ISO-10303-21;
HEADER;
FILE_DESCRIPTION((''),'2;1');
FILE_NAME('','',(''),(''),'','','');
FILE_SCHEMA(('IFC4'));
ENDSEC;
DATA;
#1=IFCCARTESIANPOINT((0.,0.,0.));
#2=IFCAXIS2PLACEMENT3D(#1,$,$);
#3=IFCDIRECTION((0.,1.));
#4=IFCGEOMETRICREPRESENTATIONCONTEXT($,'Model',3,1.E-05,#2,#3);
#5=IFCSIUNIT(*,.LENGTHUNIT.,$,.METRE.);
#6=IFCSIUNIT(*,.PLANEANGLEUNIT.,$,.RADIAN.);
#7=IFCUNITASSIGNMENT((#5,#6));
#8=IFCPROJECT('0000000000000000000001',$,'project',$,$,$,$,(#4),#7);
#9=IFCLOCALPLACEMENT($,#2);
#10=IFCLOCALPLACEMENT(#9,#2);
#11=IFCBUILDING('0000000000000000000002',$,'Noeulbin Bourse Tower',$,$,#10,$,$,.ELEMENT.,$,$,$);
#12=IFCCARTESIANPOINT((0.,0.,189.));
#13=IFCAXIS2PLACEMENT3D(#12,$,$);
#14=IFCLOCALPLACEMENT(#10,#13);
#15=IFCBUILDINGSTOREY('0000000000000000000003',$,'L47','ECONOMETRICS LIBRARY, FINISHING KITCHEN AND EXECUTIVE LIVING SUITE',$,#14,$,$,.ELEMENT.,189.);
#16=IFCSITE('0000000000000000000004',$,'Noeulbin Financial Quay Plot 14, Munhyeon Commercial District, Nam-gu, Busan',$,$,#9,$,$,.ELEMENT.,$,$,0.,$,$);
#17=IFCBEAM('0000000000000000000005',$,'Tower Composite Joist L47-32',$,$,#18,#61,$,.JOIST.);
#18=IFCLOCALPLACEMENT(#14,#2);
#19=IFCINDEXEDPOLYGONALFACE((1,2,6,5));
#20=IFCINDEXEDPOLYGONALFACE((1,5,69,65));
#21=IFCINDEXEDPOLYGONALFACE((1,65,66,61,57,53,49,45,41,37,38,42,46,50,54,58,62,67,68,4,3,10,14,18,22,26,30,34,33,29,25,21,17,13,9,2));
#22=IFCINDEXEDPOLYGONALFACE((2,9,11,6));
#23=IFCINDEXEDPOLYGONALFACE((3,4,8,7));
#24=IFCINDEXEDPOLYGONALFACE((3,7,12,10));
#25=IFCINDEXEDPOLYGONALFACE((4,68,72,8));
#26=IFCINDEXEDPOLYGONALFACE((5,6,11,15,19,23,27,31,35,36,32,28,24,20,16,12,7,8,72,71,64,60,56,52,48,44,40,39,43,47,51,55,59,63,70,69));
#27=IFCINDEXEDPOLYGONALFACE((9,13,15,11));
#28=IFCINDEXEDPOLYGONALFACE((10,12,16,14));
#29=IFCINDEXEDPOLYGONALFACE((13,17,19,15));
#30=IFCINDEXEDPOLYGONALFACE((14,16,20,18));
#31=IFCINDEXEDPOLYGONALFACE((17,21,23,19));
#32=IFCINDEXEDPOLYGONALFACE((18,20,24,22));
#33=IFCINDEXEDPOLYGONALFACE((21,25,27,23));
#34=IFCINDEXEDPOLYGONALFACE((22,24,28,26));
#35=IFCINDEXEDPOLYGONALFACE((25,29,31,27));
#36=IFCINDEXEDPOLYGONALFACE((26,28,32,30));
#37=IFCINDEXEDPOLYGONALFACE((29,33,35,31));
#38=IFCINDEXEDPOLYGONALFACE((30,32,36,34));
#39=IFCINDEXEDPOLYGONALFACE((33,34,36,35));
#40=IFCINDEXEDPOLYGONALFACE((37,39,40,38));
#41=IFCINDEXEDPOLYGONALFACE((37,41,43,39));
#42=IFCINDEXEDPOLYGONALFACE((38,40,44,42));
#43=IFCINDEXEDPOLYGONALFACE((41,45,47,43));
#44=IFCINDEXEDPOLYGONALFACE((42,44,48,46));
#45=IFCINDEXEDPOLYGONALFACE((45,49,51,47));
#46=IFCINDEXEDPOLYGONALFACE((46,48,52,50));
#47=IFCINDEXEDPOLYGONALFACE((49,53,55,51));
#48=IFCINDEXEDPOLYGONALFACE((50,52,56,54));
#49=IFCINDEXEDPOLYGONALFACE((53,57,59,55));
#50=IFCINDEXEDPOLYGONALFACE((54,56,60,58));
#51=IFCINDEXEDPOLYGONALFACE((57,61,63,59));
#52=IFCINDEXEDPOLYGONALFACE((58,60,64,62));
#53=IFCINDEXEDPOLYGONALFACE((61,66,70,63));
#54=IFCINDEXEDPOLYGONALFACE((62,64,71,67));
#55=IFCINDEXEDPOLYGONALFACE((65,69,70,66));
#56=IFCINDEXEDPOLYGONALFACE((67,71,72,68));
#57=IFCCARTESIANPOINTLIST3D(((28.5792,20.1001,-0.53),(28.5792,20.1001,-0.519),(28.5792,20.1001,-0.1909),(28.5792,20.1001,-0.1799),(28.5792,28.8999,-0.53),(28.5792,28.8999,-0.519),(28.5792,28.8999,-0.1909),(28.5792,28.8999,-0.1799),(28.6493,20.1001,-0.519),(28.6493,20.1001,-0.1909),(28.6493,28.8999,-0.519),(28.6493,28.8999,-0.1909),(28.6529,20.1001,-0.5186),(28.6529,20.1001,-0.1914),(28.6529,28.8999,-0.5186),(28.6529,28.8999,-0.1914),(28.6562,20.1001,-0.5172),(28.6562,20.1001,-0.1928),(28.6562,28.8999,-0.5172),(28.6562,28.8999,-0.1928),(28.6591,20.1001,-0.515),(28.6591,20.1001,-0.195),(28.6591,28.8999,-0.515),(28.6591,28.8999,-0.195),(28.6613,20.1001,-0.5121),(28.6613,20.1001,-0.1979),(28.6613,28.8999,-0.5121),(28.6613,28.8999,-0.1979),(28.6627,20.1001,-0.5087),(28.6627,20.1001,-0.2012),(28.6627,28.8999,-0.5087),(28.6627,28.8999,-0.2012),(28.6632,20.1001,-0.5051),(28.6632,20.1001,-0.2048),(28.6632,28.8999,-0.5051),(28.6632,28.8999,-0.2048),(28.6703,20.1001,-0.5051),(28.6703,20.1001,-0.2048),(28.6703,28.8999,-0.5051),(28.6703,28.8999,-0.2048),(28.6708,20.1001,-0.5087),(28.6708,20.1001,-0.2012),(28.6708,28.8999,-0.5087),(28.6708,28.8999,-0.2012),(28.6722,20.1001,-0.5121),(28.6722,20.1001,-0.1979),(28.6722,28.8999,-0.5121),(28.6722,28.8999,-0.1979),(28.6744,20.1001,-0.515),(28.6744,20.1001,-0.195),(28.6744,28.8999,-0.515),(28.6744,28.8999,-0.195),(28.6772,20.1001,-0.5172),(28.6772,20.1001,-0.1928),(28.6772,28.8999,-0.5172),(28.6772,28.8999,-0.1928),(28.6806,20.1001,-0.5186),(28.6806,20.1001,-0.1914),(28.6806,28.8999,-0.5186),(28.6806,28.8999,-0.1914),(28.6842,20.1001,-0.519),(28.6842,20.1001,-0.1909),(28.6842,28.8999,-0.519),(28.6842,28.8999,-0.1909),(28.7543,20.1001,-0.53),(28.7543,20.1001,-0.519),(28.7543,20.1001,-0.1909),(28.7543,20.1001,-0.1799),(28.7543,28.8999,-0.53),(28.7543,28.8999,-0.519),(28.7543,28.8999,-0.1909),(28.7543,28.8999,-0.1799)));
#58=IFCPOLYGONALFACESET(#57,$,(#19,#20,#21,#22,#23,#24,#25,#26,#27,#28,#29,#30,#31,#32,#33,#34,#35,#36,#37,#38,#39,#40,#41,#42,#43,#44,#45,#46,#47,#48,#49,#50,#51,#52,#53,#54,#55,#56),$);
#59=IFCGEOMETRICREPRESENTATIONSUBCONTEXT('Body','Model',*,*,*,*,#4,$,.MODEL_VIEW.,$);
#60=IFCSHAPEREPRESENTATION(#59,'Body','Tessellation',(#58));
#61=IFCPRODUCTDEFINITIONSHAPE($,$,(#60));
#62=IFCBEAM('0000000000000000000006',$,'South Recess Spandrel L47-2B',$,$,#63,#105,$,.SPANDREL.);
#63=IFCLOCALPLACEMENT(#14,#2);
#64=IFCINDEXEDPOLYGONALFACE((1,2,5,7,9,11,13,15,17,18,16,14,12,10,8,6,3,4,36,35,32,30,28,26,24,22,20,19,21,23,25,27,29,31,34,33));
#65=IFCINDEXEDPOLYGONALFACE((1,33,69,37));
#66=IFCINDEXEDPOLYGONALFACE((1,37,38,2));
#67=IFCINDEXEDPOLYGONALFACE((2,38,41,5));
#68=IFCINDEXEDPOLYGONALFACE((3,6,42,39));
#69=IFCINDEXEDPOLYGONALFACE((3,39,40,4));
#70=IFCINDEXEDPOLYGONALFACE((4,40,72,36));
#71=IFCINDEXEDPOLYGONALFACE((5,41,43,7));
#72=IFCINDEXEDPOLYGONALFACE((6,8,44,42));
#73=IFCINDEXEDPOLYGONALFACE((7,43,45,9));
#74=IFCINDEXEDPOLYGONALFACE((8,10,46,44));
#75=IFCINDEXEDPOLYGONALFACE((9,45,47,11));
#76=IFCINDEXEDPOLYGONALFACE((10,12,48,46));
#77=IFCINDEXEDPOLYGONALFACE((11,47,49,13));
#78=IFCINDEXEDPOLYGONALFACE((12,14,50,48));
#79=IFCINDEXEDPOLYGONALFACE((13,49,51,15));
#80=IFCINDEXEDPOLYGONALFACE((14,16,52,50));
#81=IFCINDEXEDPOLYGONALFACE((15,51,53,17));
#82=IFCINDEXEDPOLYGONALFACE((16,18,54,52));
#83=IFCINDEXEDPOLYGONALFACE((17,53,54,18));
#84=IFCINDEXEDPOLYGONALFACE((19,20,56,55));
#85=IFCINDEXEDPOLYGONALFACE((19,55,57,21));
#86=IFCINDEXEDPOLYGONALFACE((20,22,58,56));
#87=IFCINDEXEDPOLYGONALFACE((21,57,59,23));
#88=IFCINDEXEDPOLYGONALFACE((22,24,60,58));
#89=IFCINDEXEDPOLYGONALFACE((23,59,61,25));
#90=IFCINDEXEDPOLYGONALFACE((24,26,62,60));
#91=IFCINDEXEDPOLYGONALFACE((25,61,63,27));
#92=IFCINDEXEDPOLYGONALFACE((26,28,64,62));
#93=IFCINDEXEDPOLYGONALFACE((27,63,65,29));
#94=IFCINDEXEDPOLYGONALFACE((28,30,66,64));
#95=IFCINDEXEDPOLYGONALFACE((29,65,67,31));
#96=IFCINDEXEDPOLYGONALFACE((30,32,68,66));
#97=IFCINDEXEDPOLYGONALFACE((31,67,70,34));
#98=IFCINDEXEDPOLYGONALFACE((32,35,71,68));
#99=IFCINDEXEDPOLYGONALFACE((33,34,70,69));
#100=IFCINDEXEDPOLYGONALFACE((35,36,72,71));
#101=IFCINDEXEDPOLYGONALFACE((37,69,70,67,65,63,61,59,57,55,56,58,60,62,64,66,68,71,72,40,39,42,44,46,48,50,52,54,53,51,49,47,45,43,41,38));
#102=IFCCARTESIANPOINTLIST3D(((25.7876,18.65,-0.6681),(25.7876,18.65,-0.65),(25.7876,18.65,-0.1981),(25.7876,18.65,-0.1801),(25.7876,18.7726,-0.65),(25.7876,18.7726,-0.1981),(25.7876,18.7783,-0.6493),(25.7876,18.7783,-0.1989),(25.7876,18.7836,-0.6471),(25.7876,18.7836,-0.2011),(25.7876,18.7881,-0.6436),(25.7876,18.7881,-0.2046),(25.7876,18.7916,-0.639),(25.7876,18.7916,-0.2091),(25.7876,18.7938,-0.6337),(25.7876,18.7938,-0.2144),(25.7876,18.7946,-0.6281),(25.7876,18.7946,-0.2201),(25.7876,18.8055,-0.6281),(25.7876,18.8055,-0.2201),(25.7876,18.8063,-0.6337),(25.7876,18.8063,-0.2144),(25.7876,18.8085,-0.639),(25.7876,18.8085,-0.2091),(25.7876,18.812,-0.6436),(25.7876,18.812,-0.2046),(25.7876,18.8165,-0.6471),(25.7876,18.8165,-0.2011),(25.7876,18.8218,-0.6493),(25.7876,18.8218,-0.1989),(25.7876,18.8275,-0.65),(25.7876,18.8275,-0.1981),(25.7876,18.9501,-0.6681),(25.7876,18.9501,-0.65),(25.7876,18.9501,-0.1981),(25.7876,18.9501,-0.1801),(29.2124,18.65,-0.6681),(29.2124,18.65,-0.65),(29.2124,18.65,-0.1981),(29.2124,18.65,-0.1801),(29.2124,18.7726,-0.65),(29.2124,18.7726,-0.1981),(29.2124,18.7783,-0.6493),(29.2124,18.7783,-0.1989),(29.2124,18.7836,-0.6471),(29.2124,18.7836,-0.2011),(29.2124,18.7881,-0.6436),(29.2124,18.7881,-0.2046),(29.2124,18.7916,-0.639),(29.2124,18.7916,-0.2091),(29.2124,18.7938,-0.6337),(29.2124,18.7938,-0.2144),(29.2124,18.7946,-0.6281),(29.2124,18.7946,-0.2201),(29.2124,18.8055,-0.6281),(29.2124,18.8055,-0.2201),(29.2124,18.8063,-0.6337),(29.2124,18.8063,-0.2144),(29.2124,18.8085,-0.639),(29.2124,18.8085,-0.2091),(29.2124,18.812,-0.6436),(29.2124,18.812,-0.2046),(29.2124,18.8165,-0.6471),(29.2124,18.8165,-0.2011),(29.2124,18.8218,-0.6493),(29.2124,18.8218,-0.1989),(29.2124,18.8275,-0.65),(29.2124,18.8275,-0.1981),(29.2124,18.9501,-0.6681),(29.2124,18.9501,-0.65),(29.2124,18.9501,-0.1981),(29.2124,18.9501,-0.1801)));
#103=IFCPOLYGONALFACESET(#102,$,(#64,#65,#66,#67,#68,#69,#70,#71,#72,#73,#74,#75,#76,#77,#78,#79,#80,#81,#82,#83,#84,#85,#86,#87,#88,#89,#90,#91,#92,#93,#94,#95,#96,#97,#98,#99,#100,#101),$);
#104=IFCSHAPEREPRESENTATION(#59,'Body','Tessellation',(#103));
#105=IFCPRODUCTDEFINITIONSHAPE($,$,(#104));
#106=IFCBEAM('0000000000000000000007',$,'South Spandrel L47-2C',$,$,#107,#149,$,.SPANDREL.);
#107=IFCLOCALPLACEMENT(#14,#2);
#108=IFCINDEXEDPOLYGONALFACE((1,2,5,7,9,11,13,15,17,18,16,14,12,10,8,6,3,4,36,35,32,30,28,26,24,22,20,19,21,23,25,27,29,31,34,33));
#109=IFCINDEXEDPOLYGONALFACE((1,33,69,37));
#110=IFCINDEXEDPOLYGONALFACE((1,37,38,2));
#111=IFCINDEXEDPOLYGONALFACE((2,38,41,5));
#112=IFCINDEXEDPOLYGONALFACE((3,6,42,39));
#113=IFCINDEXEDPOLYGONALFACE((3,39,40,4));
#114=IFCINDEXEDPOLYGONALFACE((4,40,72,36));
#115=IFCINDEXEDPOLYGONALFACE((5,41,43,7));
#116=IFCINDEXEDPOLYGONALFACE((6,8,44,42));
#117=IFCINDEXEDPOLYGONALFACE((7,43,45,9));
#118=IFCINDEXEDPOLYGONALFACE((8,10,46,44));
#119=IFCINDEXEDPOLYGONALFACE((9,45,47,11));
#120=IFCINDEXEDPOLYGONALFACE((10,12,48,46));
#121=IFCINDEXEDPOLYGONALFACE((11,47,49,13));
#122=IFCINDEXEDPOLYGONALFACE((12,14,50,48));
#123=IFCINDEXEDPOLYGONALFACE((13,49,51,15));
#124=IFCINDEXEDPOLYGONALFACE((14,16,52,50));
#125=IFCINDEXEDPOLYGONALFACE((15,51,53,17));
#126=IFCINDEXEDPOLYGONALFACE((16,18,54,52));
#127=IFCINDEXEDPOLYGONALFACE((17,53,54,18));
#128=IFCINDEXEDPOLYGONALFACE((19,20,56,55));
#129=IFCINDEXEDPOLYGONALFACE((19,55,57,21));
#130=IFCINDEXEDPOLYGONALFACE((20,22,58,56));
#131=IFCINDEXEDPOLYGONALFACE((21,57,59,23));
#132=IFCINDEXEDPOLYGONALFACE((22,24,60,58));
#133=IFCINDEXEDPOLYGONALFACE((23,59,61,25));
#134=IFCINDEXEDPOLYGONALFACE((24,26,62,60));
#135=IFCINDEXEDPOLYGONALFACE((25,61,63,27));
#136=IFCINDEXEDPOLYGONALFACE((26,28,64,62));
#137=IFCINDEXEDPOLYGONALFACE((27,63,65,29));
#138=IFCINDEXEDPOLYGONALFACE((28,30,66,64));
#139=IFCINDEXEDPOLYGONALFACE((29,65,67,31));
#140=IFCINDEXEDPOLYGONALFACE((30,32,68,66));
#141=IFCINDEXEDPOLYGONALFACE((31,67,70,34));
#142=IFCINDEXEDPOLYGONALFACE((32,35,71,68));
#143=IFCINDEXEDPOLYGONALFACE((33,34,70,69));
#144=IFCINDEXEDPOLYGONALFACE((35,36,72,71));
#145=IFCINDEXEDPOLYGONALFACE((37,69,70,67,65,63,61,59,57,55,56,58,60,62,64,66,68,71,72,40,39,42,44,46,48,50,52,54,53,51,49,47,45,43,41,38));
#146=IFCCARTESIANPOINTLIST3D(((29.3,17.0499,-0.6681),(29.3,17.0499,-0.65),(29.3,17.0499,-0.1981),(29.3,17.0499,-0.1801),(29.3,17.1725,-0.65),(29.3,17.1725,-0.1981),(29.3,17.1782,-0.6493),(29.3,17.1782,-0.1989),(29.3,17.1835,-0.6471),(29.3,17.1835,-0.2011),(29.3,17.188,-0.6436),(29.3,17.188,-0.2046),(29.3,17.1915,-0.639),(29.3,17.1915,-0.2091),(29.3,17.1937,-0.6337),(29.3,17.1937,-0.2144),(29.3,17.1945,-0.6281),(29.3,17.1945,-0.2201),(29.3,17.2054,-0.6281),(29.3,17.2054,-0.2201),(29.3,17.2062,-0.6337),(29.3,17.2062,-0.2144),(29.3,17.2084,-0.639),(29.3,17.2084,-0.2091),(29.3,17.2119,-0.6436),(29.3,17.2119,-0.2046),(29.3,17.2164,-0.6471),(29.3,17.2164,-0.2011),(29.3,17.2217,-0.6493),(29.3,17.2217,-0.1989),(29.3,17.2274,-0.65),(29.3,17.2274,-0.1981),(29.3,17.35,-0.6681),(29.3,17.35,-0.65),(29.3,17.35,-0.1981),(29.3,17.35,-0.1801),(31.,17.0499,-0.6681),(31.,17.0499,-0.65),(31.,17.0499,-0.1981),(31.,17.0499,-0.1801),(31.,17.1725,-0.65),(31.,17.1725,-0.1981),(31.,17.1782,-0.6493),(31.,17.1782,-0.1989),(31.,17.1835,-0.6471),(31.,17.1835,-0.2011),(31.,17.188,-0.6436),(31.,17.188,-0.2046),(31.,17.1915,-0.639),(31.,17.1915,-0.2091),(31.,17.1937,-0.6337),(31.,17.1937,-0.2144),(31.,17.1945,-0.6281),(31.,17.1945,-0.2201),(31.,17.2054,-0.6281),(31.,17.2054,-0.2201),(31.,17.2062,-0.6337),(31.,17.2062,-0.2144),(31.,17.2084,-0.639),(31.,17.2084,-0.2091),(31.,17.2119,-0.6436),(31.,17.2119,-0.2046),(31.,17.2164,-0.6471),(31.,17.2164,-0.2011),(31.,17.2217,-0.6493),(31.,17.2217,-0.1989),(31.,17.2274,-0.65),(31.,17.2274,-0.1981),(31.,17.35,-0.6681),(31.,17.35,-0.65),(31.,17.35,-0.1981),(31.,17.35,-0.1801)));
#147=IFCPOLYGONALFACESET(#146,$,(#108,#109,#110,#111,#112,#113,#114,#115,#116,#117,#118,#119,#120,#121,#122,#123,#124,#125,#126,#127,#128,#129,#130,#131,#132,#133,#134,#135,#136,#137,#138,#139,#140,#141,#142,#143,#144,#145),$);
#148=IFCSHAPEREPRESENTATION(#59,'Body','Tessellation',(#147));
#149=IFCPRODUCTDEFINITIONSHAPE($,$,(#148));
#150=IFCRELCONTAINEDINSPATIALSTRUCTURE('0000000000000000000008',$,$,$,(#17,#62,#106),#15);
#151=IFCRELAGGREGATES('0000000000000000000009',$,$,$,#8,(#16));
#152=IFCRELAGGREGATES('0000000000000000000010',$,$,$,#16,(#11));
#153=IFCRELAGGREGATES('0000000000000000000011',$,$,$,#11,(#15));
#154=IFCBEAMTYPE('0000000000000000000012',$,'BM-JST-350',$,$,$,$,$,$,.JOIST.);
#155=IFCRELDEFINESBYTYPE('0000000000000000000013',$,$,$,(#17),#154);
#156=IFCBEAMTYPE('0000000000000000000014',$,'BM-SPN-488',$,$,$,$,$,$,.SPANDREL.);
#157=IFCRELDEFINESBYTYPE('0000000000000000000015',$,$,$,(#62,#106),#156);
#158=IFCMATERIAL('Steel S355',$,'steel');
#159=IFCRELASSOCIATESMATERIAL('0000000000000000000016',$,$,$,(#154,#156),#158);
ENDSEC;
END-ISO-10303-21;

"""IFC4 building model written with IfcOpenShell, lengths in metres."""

from ifc_helpers import new_model, si_unit, direction, frame, origin, origin_2d, place, context, subcontext, project, spatial, i_section, extrude, material, material_profile, profile_set, type_object, element, save


model = new_model("IFC4")

# Units and contexts
model_context = context("Model", 3, precision=1e-05, world=origin(), true_north=direction((0.0, 1.0)))
body_context = subcontext(model_context, "Body", "Model", "MODEL_VIEW")
ifc_project = project(units=[si_unit("LENGTHUNIT", "METRE"), si_unit("PLANEANGLEUNIT", "RADIAN")], contexts=[model_context])

# Site, building, storey
site_placement = place(None, origin())
site = spatial("IfcSite", under=ifc_project, at=site_placement, Name="Noeulbin Financial Quay Plot 14, Munhyeon Commercial District, Nam-gu, Busan", CompositionType="ELEMENT", RefElevation=0.0)
building_placement = place(site_placement, origin())
building = spatial("IfcBuilding", under=site, at=building_placement, Name="Noeulbin Bourse Tower", CompositionType="ELEMENT")
storey_placement = place(building_placement, frame((0.0, 0.0, 189.0)))
storey = spatial("IfcBuildingStorey", under=building, at=storey_placement, Name="L47", Description="ECONOMETRICS LIBRARY, FINISHING KITCHEN AND EXECUTIVE LIVING SUITE", CompositionType="ELEMENT", Elevation=189.0)

# Beams
ifc_material_1 = material(Name="Steel S355", Category="steel")
ifc_material_profile_1 = material_profile(ifc_material_1, i_section(OverallWidth=0.175, OverallDepth=0.3501, WebThickness=0.0071, FlangeThickness=0.011, FilletRadius=0.0139, at=origin_2d()), Name="H-350x175x7x11", Category="LoadBearing")
ifc_profile_set_1 = profile_set([ifc_material_profile_1], Name="Steel S355")
beam_type_1 = type_object("IfcBeamType", Name="BM-JST-350", PredefinedType="JOIST", material=ifc_profile_set_1)
for number, where, z_axis, x_axis, name in (
    (1, (28.6667, 20.1001, -0.355), (0.0, 1.0, 0.0), (-1.0, 0.0, 0.0), "Tower Composite Joist L47-32"),
):
    element("IfcBeam", number, at=place(storey_placement, frame(where, z_axis=z_axis, x_axis=x_axis)), inside=storey, type_object=beam_type_1, Name=name, PredefinedType="JOIST", context=body_context, shape_type="SweptSolid", body=[
        extrude(i_section(OverallWidth=0.175, OverallDepth=0.3501, WebThickness=0.0071, FlangeThickness=0.011, FilletRadius=0.0139, at=origin_2d()), origin(), (0.0, 0.0, 1.0), 8.7998),
    ])
ifc_material_profile_2 = material_profile(ifc_material_1, i_section(OverallWidth=0.3, OverallDepth=0.488, WebThickness=0.011, FlangeThickness=0.0181, FilletRadius=0.022, at=origin_2d()), Name="H-488x300x11x18", Category="LoadBearing")
ifc_profile_set_2 = profile_set([ifc_material_profile_2], Name="Steel S355")
beam_type_2 = type_object("IfcBeamType", Name="BM-SPN-488", PredefinedType="SPANDREL", material=ifc_profile_set_2)
beam_1_placement = place(storey_placement, frame((25.7876, 18.8, -0.4241), z_axis=(1.0, 0.0, 0.0), x_axis=(0.0, 1.0, 0.0)))
element("IfcBeam", 2, at=beam_1_placement, inside=storey, type_object=beam_type_2, Name="South Recess Spandrel L47-2B", PredefinedType="SPANDREL", context=body_context, shape_type="SweptSolid", body=[
    extrude(i_section(OverallWidth=0.3, OverallDepth=0.488, WebThickness=0.011, FlangeThickness=0.0181, FilletRadius=0.022, at=origin_2d()), origin(), (0.0, 0.0, 1.0), 3.4248),
])
beam_2_placement = place(storey_placement, frame((29.3, 17.2, -0.4241), z_axis=(1.0, 0.0, 0.0), x_axis=(0.0, 1.0, 0.0)))
element("IfcBeam", 3, at=beam_2_placement, inside=storey, type_object=beam_type_2, Name="South Spandrel L47-2C", PredefinedType="SPANDREL", context=body_context, shape_type="SweptSolid", body=[
    extrude(i_section(OverallWidth=0.3, OverallDepth=0.488, WebThickness=0.011, FlangeThickness=0.0181, FilletRadius=0.022, at=origin_2d()), origin(), (0.0, 0.0, 1.0), 1.7),
])

save(model, "model.ifc")
